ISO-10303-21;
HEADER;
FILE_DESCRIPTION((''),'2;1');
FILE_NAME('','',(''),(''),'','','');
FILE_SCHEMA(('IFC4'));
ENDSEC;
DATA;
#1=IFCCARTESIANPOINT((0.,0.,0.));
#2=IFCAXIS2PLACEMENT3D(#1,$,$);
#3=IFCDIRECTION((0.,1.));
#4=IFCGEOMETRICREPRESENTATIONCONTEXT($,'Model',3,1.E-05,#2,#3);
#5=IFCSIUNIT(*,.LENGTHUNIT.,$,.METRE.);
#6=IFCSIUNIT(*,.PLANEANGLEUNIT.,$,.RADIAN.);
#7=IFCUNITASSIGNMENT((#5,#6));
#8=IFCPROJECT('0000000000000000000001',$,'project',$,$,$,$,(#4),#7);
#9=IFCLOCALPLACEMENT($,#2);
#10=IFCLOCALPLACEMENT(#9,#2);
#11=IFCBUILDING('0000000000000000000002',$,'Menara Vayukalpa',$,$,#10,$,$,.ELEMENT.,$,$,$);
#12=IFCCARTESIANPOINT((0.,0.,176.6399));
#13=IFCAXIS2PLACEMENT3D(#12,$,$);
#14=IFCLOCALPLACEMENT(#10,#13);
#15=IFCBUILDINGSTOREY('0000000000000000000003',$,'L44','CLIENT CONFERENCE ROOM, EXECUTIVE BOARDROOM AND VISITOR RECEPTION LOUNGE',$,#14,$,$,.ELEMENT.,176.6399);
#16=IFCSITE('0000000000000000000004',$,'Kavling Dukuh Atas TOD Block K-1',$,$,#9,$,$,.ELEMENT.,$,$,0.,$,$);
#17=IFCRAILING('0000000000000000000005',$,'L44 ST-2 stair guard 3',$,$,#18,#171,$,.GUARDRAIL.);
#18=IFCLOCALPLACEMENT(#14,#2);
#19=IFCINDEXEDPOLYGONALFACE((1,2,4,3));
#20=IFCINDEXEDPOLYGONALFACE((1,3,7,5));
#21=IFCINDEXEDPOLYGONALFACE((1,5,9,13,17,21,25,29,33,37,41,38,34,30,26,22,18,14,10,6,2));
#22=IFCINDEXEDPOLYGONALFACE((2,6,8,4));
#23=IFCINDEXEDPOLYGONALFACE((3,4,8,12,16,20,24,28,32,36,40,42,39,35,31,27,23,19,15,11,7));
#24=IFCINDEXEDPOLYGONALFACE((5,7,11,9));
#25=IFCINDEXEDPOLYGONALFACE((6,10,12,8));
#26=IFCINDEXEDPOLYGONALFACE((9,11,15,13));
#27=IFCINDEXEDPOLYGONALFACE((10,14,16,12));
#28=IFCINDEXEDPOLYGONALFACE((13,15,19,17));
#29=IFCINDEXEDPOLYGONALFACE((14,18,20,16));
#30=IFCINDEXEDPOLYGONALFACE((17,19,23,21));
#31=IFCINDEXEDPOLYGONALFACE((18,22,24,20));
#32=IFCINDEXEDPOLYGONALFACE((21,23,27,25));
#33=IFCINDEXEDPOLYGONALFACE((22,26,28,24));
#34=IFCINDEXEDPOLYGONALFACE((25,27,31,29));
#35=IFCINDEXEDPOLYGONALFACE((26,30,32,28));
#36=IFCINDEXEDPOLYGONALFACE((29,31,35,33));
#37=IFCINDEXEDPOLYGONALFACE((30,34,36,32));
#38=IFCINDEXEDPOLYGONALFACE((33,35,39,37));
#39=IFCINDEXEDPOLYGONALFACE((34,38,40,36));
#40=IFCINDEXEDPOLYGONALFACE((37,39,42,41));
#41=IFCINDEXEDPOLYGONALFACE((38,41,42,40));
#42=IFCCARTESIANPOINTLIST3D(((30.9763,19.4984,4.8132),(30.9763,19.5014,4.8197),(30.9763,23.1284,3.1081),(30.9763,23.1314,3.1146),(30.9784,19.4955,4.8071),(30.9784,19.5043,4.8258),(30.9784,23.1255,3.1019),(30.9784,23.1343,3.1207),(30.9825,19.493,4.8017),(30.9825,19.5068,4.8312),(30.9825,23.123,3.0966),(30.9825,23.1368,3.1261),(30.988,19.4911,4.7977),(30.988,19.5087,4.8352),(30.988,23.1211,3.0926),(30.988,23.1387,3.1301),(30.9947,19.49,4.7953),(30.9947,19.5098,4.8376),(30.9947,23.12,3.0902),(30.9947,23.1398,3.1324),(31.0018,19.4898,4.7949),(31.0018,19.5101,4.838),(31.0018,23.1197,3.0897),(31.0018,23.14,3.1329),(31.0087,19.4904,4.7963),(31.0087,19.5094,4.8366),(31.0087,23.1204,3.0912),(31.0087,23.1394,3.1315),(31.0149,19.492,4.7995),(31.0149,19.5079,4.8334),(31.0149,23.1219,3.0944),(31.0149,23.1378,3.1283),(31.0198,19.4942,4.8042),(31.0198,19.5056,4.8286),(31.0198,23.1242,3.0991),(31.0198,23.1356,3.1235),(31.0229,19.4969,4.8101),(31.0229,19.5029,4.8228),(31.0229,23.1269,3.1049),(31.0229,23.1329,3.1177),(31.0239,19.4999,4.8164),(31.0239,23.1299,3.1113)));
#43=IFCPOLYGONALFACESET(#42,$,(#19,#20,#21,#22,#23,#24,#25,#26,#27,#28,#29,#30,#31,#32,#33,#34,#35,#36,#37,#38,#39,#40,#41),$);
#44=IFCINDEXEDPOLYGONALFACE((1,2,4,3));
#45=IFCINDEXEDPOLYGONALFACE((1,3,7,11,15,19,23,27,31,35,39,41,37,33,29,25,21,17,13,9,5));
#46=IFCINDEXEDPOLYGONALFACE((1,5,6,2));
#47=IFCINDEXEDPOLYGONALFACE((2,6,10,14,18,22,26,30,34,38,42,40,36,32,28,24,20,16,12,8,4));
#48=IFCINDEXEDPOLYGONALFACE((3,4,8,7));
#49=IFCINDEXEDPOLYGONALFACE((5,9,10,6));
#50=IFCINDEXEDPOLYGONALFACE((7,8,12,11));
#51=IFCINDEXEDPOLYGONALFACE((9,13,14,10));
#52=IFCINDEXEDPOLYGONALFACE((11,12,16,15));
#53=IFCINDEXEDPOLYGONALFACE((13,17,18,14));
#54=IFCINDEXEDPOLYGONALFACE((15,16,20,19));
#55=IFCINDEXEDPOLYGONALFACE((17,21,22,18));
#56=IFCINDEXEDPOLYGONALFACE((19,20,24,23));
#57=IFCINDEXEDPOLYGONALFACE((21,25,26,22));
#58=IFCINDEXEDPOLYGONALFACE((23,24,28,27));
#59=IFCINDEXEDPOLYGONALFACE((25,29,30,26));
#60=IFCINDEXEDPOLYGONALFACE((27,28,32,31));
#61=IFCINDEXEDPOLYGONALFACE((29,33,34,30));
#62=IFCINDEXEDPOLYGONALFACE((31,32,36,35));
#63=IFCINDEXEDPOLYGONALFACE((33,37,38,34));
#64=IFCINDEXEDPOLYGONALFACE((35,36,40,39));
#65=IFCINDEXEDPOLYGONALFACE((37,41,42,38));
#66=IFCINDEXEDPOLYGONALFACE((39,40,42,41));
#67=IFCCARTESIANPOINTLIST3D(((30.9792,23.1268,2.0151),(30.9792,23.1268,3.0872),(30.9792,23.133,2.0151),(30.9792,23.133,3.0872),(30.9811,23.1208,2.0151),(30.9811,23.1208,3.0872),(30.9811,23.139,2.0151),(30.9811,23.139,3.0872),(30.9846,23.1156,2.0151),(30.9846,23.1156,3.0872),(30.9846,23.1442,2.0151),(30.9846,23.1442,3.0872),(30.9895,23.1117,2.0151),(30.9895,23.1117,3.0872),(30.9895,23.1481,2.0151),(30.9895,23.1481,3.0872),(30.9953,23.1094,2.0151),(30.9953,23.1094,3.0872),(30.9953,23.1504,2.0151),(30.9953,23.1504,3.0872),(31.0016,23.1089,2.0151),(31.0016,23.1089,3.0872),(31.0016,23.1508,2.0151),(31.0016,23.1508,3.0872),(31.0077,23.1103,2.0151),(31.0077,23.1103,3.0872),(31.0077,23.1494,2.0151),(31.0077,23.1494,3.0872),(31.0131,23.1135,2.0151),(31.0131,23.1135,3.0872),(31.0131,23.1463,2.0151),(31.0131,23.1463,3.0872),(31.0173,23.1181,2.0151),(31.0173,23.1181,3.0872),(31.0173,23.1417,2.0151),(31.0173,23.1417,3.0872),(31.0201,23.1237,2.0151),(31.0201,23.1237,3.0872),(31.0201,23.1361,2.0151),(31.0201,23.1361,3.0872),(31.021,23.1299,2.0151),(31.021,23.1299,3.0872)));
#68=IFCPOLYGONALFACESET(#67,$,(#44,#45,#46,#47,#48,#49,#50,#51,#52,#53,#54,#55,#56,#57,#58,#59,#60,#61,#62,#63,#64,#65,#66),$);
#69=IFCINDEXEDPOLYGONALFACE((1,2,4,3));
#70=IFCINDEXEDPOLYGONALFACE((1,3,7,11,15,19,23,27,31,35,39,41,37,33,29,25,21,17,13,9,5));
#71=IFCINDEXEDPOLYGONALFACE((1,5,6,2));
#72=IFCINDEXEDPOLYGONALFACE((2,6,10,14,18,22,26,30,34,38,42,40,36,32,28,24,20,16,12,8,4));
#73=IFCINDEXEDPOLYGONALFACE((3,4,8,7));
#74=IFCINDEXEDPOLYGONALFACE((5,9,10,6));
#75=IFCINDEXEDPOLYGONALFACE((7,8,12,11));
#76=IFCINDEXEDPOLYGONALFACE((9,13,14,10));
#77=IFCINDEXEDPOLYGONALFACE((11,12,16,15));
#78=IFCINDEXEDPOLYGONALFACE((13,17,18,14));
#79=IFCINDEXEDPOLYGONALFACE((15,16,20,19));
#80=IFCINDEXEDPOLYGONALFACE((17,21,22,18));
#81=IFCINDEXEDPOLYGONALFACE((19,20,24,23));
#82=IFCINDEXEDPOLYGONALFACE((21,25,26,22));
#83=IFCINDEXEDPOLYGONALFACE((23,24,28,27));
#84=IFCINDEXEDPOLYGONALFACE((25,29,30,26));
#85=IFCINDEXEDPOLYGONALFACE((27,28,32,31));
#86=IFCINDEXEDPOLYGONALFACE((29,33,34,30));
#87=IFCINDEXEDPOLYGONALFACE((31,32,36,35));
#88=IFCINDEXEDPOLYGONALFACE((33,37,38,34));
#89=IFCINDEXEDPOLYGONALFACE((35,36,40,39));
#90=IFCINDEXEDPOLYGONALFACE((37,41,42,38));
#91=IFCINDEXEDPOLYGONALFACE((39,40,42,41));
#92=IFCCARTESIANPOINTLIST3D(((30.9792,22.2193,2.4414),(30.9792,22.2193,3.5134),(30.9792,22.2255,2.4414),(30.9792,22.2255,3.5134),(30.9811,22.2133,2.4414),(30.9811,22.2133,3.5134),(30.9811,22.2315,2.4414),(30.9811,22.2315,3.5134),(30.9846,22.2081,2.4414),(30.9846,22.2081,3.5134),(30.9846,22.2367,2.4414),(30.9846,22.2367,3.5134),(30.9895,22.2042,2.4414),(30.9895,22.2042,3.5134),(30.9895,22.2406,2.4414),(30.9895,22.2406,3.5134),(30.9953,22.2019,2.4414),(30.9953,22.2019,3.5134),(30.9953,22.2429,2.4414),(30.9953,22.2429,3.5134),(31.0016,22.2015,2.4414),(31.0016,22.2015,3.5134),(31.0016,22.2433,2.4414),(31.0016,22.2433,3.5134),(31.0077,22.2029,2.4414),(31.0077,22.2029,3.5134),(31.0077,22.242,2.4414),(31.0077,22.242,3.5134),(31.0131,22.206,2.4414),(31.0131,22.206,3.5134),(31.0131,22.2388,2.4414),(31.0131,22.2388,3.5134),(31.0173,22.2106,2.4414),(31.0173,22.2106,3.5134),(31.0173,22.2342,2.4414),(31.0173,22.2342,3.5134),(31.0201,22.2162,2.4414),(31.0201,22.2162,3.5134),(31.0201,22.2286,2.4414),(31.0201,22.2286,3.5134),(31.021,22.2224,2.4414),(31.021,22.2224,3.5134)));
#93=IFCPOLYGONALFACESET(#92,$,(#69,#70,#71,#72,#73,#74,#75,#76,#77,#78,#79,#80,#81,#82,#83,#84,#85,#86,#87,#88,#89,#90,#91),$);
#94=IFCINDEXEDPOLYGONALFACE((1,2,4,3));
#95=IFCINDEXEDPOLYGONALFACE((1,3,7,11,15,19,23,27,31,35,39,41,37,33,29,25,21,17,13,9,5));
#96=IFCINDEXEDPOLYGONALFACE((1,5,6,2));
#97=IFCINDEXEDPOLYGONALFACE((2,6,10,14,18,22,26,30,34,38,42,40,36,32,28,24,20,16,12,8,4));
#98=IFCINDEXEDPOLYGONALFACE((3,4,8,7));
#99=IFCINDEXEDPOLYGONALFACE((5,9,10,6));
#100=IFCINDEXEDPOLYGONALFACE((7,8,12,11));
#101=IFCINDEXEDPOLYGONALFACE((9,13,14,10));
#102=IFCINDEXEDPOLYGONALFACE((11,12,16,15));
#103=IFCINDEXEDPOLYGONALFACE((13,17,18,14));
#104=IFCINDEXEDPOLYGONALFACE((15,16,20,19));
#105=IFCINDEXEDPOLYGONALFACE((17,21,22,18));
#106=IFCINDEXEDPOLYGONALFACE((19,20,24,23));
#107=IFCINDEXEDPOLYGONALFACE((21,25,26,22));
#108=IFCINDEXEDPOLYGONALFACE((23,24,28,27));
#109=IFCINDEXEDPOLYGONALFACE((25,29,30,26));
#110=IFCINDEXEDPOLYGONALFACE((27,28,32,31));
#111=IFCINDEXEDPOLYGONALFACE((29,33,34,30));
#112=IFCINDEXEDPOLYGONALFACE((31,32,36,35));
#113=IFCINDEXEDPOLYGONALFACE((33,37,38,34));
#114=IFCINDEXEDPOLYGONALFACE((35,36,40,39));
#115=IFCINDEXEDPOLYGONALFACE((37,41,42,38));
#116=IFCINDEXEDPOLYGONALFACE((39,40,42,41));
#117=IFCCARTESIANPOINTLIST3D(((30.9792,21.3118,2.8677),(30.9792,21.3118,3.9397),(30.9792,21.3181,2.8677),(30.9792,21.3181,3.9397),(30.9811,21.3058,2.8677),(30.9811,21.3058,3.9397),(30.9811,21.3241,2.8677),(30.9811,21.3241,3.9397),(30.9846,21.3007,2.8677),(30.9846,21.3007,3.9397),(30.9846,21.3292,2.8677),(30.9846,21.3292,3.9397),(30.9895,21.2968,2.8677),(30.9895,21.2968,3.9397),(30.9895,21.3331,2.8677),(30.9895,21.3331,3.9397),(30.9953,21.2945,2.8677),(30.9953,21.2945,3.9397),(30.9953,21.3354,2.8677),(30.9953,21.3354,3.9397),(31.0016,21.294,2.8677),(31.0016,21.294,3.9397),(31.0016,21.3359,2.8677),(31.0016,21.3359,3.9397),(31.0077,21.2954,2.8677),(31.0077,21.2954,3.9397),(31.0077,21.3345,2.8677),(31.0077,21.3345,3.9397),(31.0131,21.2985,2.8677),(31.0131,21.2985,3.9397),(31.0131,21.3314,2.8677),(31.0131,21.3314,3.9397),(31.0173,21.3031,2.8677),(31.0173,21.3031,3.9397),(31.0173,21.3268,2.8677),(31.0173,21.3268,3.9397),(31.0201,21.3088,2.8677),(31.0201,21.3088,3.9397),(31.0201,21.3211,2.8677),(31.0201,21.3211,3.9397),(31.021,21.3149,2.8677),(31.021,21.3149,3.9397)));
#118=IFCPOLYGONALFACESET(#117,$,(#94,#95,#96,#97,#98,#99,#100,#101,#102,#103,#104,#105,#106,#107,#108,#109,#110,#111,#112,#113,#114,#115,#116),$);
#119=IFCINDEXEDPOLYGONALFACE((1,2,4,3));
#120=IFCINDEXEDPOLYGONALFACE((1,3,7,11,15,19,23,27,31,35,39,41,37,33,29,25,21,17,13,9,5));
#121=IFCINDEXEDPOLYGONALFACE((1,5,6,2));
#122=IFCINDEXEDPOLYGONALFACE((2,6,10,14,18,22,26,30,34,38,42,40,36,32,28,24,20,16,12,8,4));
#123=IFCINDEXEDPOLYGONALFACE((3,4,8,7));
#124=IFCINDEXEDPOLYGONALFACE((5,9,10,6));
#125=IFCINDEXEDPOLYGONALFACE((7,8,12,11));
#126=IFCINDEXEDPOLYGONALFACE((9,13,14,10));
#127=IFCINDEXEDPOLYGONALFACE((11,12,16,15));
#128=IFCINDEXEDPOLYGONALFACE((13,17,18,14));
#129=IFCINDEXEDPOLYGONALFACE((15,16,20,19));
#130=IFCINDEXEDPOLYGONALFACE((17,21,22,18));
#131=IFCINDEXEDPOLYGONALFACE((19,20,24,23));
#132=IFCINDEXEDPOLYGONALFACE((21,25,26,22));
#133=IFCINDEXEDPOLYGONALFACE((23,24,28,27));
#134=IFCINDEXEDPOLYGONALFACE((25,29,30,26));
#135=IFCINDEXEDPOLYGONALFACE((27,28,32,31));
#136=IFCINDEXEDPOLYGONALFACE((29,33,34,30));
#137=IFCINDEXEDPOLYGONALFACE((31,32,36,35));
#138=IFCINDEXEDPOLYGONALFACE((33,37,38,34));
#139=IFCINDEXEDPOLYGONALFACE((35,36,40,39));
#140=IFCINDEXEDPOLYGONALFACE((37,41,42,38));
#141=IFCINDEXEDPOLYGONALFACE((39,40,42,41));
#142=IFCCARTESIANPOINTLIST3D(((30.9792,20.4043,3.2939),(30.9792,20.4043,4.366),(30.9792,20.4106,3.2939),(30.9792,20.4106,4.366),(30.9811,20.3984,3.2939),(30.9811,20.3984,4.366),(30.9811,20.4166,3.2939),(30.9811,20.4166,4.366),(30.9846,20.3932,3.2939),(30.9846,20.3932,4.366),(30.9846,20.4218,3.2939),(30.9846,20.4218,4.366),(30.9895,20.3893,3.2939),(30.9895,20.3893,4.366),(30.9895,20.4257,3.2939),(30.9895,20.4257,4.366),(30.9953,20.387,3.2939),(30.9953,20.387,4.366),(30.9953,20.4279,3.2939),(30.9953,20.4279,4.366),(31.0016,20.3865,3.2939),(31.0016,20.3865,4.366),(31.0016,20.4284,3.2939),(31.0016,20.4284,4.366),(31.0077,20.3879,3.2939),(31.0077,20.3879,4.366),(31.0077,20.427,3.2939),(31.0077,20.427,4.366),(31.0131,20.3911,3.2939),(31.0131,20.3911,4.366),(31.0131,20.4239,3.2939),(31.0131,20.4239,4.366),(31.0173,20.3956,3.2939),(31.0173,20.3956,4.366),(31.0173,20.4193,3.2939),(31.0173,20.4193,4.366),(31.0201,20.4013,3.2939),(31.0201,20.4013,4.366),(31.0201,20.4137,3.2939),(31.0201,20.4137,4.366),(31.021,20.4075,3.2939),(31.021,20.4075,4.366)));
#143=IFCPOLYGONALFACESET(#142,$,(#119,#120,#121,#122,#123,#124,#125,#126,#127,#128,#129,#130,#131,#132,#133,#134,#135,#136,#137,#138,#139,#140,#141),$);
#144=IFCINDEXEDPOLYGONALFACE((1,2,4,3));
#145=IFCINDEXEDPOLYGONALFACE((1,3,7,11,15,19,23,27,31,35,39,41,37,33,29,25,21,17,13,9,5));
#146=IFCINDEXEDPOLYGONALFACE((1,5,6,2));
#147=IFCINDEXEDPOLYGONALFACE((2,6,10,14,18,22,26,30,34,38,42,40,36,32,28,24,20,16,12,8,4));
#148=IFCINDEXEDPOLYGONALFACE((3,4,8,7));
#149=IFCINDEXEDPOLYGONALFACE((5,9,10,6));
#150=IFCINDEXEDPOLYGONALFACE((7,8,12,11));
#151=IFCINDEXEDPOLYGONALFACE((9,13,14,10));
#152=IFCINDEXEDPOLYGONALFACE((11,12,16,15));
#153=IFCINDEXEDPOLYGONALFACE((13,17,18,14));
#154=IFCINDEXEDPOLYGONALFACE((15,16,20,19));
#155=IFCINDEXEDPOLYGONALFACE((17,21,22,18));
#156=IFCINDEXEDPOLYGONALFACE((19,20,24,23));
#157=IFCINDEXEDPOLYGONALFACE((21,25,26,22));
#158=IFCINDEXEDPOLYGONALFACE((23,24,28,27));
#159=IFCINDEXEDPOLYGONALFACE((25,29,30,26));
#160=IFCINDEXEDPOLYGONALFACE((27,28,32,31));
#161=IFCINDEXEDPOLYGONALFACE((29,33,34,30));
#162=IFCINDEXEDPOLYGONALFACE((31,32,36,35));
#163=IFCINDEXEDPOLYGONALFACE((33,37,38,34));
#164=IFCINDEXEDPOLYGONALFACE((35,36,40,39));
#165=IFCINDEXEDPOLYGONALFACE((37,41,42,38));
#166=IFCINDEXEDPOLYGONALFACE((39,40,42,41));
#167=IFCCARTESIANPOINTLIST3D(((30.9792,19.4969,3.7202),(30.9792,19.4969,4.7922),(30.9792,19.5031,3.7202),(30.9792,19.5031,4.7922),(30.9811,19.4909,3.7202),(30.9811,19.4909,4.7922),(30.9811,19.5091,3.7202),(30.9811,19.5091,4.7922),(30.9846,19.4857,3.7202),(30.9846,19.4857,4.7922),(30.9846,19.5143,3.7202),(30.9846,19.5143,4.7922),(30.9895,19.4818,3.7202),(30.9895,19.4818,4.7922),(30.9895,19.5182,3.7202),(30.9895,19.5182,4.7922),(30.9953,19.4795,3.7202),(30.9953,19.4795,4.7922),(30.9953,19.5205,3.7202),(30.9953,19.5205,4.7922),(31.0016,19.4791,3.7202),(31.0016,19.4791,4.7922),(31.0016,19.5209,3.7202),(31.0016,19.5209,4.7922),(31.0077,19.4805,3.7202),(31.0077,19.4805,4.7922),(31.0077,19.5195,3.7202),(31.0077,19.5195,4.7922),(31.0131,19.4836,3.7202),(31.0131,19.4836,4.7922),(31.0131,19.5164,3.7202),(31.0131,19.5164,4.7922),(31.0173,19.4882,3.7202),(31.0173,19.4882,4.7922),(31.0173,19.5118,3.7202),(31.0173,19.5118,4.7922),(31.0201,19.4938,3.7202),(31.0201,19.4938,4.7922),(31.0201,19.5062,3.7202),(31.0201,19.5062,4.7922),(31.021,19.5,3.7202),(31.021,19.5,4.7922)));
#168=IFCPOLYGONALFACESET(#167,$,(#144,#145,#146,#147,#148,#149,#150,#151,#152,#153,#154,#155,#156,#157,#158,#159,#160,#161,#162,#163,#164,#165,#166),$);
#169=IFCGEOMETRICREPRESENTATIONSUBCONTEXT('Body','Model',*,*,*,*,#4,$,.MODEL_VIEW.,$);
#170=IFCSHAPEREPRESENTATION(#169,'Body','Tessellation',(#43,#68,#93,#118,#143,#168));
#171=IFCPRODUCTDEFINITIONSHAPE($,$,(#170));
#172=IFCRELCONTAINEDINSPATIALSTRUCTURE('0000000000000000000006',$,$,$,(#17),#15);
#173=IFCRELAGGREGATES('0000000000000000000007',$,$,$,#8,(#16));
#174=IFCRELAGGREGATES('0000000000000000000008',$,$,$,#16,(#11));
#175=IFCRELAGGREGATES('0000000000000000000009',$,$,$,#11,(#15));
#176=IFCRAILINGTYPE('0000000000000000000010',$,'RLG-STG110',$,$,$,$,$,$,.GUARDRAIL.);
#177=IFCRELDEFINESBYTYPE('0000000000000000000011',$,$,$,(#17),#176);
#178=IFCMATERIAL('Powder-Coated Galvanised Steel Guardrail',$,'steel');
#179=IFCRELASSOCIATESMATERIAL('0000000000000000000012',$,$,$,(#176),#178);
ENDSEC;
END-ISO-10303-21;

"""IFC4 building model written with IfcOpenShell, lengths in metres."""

from ifc_helpers import new_model, si_unit, direction, frame, origin, origin_2d, place, context, subcontext, project, spatial, circle, extrude, material, type_object, element, save


model = new_model("IFC4")

# Units and contexts
model_context = context("Model", 3, precision=1e-05, world=origin(), true_north=direction((0.0, 1.0)))
body_context = subcontext(model_context, "Body", "Model", "MODEL_VIEW")
ifc_project = project(units=[si_unit("LENGTHUNIT", "METRE"), si_unit("PLANEANGLEUNIT", "RADIAN")], contexts=[model_context])

# Site, building, storey
site_placement = place(None, origin())
site = spatial("IfcSite", under=ifc_project, at=site_placement, Name="Kavling Dukuh Atas TOD Block K-1", CompositionType="ELEMENT", RefElevation=0.0)
building_placement = place(site_placement, origin())
building = spatial("IfcBuilding", under=site, at=building_placement, Name="Menara Vayukalpa", CompositionType="ELEMENT")
storey_placement = place(building_placement, frame((0.0, 0.0, 176.6399)))
storey = spatial("IfcBuildingStorey", under=building, at=storey_placement, Name="L44", Description="CLIENT CONFERENCE ROOM, EXECUTIVE BOARDROOM AND VISITOR RECEPTION LOUNGE", CompositionType="ELEMENT", Elevation=176.6399)

# Railing
ifc_material_1 = material(Name="Powder-Coated Galvanised Steel Guardrail", Category="steel")
railing_type_1 = type_object("IfcRailingType", Name="RLG-STG110", PredefinedType="GUARDRAIL", material=ifc_material_1)
railing_1_placement = place(storey_placement, frame((31.0, 23.1299, 2.0151)))
element("IfcRailing", 1, at=railing_1_placement, inside=storey, type_object=railing_type_1, Name="L44 ST-2 stair guard 3", PredefinedType="GUARDRAIL", context=body_context, shape_type="SweptSolid", body=[
    extrude(circle(Radius=0.0239, at=origin_2d()), frame((0.0, 0.0, 1.0962), z_axis=(0.0, -0.905116, 0.425164), x_axis=(1.0, 0.0, 0.0)), (0.0, 0.0, 1.0), 4.0105),
    extrude(circle(Radius=0.021, at=origin_2d()), origin(), (0.0, 0.0, 1.0), 1.072),
    extrude(circle(Radius=0.021, at=origin_2d()), frame((0.0, -0.9075, 0.4263)), (0.0, 0.0, 1.0), 1.072),
    extrude(circle(Radius=0.021, at=origin_2d()), frame((0.0, -1.8149, 0.8525)), (0.0, 0.0, 1.0), 1.072),
    extrude(circle(Radius=0.021, at=origin_2d()), frame((0.0, -2.7224, 1.2788)), (0.0, 0.0, 1.0), 1.072),
    extrude(circle(Radius=0.021, at=origin_2d()), frame((0.0, -3.6299, 1.7051)), (0.0, 0.0, 1.0), 1.072),
])

save(model, "model.ifc")
